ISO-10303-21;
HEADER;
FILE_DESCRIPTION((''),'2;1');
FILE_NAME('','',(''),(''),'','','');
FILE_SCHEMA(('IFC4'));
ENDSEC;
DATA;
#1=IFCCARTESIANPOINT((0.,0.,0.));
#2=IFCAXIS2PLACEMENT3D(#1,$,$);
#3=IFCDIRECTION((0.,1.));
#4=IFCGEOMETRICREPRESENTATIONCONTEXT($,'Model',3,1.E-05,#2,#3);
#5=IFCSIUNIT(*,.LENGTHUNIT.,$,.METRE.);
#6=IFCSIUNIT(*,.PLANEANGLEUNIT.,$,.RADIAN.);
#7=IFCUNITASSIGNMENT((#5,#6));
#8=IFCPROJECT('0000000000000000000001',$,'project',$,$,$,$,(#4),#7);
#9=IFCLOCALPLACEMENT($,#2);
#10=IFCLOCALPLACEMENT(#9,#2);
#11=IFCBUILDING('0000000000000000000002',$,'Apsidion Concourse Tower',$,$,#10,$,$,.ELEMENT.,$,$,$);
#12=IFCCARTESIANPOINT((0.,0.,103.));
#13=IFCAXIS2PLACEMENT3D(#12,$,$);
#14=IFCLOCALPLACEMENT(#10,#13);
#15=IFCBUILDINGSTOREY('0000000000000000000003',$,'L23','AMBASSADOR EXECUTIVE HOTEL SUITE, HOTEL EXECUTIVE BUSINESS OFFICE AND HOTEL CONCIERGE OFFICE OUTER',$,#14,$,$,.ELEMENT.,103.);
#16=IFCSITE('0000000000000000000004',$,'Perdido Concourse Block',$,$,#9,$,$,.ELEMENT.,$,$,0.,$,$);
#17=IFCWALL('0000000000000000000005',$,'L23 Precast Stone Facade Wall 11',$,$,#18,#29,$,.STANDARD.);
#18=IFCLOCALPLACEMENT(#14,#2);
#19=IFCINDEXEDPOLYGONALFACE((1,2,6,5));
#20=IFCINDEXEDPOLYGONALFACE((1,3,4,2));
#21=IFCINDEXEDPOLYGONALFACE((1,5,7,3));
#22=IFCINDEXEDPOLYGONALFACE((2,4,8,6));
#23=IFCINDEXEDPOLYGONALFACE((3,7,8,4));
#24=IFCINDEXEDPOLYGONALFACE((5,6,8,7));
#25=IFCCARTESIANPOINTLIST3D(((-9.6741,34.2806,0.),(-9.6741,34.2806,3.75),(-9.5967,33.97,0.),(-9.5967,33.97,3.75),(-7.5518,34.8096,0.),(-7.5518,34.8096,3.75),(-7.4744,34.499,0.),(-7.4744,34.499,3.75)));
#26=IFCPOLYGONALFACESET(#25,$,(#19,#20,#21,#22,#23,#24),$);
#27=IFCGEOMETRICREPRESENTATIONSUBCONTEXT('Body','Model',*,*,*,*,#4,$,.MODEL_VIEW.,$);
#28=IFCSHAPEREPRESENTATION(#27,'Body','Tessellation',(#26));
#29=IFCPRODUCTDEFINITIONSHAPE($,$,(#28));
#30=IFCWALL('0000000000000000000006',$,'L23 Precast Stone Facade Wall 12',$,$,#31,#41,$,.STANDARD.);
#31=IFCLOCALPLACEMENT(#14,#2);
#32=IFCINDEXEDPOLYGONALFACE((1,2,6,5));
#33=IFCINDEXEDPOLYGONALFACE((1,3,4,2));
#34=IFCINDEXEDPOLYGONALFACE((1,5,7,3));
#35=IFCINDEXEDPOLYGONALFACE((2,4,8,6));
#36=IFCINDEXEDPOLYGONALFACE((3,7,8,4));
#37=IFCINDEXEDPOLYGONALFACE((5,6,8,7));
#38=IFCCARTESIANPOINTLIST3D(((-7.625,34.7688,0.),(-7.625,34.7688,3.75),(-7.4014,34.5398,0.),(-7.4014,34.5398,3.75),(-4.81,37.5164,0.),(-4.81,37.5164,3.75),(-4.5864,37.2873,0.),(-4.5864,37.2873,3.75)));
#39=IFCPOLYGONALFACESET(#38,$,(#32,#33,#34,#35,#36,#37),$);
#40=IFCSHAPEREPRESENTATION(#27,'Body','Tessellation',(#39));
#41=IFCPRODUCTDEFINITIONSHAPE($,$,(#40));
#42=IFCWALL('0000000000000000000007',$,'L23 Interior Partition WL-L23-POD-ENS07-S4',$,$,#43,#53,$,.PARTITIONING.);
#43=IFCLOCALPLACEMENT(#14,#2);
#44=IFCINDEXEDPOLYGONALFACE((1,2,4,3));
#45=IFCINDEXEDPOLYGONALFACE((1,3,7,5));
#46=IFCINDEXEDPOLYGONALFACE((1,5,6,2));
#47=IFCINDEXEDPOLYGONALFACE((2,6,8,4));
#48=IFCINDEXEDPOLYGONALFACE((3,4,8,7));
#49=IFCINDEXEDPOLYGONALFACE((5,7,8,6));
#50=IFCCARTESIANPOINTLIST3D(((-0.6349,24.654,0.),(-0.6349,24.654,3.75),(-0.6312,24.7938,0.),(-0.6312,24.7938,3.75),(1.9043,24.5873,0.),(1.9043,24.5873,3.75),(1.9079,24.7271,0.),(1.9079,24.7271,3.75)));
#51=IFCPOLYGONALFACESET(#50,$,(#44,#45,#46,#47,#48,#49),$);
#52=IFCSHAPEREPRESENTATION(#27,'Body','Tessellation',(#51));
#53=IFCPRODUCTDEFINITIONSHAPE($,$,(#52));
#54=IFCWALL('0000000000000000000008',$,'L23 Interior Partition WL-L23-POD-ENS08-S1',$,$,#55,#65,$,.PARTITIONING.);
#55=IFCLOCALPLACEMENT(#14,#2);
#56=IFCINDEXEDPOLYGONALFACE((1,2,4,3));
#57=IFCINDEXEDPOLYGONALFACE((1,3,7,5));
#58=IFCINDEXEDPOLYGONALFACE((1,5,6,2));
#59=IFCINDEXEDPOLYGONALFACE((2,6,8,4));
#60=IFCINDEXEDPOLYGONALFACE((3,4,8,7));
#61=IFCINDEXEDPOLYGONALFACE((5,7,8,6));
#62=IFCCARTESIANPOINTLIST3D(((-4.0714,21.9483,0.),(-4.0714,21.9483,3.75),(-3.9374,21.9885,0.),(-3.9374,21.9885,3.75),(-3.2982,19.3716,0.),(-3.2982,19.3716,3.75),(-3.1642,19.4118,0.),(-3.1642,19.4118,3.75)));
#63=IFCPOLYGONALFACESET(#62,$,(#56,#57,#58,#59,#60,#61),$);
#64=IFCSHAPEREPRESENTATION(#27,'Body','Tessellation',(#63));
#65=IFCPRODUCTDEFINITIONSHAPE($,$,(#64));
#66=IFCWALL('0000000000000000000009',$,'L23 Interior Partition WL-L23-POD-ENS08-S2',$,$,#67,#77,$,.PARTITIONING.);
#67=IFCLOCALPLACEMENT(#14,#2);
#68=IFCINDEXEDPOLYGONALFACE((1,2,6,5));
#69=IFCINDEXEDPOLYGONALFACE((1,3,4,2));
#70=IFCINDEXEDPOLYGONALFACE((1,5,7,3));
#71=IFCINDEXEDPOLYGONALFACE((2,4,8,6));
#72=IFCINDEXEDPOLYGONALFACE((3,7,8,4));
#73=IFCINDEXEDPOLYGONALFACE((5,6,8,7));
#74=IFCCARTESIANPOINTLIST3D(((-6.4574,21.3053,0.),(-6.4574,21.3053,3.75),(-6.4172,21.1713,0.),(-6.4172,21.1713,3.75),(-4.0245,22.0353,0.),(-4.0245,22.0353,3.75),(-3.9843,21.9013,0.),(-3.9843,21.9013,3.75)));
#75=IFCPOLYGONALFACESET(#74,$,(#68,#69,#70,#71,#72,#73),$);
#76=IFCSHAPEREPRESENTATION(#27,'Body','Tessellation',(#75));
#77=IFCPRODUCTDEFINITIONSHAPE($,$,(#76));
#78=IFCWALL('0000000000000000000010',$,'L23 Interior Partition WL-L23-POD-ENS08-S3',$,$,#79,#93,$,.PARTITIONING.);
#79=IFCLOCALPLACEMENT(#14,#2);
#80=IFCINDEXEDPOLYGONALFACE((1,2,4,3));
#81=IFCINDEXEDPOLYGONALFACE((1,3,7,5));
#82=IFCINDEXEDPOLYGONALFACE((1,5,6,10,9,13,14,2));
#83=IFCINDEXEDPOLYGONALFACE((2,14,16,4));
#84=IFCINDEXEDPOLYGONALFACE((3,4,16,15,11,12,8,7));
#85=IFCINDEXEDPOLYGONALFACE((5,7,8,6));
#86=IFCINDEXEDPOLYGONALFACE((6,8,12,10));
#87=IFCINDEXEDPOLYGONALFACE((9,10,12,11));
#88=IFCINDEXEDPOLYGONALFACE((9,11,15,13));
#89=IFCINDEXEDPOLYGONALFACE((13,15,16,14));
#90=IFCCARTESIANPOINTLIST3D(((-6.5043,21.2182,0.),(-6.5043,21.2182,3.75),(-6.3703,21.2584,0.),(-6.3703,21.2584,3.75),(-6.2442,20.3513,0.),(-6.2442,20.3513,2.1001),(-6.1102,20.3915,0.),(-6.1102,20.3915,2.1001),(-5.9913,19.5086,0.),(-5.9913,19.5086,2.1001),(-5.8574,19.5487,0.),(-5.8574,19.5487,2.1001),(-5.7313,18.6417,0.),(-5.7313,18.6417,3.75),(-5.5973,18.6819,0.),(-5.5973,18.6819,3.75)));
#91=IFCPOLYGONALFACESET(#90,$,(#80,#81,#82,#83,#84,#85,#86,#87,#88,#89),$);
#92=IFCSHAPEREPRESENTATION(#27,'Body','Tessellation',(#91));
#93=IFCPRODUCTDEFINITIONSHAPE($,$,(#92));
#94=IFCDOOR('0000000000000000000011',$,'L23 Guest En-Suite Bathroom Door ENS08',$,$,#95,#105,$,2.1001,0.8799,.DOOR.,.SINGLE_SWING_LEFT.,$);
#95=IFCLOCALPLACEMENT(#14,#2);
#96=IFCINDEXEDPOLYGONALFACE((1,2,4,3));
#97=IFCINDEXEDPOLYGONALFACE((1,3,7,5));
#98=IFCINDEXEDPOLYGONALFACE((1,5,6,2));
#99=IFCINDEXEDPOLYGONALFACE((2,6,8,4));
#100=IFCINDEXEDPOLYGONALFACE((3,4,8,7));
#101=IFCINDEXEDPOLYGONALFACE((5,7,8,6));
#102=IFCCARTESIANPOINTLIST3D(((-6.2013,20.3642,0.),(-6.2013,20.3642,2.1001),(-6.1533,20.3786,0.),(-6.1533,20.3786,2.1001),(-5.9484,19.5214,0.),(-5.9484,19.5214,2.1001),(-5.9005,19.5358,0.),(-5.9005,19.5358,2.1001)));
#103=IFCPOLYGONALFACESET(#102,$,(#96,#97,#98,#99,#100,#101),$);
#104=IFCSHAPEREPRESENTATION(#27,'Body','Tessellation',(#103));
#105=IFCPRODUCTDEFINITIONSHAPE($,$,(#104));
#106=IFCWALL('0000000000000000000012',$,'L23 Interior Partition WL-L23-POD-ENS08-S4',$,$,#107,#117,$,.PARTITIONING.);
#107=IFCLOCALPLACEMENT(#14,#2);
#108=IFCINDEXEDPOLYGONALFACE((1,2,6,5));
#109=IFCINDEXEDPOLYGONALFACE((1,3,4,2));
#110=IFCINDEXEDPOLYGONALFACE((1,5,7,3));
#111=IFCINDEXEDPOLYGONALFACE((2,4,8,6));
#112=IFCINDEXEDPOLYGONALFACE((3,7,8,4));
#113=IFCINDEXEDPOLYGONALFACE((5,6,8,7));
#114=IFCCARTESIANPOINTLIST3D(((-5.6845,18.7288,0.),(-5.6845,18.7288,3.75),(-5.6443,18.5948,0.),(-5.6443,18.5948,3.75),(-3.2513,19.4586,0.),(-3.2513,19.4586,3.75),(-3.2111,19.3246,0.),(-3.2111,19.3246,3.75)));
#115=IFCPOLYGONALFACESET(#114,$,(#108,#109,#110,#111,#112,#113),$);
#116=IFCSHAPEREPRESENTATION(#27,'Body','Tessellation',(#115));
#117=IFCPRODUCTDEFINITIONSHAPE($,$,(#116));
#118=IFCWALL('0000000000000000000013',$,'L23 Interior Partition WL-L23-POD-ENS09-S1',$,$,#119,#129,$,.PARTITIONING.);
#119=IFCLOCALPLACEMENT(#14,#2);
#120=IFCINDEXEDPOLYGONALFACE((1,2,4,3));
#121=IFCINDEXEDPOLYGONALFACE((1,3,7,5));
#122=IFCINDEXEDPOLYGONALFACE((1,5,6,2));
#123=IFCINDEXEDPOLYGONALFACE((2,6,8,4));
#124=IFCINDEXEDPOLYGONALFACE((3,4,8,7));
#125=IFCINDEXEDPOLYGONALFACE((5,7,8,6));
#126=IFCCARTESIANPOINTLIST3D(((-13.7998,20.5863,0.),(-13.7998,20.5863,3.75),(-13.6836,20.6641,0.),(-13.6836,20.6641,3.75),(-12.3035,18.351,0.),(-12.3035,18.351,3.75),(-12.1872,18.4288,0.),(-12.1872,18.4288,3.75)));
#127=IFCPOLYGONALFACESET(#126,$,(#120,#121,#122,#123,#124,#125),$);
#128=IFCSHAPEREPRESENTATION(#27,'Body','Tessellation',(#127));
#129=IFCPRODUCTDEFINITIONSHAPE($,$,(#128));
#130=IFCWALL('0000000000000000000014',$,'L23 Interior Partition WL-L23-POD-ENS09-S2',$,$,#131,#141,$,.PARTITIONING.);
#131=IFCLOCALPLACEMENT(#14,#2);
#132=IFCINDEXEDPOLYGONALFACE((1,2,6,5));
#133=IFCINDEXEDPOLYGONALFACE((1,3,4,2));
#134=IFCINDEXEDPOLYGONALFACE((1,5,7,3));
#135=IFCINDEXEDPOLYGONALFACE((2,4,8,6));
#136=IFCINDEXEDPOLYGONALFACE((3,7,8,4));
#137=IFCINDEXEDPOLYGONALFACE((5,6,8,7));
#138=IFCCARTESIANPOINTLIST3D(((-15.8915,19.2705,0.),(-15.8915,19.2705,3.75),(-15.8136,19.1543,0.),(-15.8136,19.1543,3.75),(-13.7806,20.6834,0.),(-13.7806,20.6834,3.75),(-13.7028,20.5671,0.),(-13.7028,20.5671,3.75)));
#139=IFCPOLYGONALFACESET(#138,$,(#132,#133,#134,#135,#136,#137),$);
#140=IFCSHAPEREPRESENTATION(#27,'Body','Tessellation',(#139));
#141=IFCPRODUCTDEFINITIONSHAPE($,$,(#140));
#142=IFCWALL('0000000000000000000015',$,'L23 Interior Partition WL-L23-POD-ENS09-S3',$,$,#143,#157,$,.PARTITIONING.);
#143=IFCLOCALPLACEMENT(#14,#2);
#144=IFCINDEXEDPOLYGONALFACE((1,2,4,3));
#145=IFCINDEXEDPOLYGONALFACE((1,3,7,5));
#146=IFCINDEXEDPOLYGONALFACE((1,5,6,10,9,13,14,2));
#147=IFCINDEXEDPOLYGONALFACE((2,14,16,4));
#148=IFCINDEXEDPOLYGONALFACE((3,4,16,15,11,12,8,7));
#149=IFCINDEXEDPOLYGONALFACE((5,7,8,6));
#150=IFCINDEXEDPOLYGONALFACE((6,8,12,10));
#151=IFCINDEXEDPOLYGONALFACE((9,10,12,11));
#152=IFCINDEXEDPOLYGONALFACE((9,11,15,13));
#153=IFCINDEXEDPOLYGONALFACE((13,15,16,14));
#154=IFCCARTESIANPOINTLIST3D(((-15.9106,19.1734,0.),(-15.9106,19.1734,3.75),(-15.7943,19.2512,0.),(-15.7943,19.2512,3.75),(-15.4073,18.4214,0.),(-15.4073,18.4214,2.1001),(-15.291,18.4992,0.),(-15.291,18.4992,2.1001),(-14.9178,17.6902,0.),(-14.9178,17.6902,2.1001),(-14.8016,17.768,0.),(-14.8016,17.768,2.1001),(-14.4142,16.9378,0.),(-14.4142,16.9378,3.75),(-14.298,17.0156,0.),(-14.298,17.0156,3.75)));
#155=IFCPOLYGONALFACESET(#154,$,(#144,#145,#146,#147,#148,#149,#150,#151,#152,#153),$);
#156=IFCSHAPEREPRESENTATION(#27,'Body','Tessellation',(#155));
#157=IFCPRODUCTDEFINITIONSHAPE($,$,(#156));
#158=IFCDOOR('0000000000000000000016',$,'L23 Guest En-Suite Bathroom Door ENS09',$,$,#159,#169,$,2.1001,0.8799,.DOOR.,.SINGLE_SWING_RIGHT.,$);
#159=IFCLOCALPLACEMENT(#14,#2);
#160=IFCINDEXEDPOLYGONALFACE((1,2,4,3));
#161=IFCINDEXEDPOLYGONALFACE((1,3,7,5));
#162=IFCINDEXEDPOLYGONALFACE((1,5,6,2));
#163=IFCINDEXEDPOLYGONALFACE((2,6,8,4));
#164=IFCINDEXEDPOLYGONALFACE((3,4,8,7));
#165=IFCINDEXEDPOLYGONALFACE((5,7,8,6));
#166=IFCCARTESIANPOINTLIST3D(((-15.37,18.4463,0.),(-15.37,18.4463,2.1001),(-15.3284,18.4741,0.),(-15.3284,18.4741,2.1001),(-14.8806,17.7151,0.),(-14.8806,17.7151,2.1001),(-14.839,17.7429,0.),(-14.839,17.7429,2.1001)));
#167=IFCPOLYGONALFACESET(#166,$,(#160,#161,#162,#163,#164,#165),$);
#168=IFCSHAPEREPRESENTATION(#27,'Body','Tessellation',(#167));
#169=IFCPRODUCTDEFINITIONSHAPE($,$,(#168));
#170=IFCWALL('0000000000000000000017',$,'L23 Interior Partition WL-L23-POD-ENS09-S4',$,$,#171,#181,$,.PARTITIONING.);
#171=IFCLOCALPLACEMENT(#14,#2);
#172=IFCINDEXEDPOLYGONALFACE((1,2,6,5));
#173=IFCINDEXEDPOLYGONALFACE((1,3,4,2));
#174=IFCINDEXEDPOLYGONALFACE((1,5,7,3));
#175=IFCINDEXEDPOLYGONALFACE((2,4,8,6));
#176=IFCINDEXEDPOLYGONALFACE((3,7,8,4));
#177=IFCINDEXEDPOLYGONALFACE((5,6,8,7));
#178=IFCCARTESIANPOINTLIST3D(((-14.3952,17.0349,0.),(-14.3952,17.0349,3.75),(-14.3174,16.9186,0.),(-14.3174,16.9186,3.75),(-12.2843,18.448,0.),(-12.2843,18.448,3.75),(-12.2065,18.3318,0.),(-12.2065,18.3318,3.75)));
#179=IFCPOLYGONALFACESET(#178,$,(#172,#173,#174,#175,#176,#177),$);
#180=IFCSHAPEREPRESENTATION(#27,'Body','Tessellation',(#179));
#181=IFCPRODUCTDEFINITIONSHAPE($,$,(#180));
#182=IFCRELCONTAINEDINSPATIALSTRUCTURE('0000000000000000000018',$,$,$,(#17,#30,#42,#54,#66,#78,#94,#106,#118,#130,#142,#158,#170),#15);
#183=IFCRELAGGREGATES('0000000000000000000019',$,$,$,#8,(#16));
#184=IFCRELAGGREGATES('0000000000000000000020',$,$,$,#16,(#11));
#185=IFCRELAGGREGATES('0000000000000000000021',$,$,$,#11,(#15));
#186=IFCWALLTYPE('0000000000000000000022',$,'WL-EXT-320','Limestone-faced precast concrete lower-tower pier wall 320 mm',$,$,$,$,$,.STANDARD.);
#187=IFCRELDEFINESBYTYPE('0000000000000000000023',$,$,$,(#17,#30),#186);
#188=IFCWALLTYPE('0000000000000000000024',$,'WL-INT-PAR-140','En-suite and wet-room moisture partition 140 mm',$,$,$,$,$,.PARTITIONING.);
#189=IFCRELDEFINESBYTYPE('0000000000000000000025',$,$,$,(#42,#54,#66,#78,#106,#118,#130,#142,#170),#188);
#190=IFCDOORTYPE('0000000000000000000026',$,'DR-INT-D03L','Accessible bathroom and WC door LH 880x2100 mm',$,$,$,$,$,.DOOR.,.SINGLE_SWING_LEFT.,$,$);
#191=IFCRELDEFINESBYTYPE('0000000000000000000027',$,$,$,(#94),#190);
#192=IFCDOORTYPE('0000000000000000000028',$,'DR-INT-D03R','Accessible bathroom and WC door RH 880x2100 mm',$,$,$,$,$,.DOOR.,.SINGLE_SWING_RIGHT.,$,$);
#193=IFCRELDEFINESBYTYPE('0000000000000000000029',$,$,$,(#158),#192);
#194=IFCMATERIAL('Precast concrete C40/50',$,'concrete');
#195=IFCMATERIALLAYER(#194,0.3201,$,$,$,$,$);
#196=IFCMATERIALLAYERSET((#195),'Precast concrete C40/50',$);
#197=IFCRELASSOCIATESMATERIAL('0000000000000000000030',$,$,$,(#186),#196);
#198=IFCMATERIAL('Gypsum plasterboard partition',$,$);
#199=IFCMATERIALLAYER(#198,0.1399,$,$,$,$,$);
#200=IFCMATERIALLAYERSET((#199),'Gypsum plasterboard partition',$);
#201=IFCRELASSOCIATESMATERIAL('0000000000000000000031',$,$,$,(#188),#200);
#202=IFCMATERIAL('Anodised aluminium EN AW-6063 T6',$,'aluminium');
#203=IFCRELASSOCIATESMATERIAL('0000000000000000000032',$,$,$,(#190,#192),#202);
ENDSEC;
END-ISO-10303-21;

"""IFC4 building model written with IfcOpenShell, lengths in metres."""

from ifc_helpers import new_model, si_unit, direction, frame, frame_2d, origin, place, context, subcontext, project, spatial, rectangle, extrude, material, layer, layer_set, type_object, element, fill, save


model = new_model("IFC4")

# Units and contexts
model_context = context("Model", 3, precision=1e-05, world=origin(), true_north=direction((0.0, 1.0)))
body_context = subcontext(model_context, "Body", "Model", "MODEL_VIEW")
ifc_project = project(units=[si_unit("LENGTHUNIT", "METRE"), si_unit("PLANEANGLEUNIT", "RADIAN")], contexts=[model_context])

# Site, building, storey
site_placement = place(None, origin())
site = spatial("IfcSite", under=ifc_project, at=site_placement, Name="Perdido Concourse Block", CompositionType="ELEMENT", RefElevation=0.0)
building_placement = place(site_placement, origin())
building = spatial("IfcBuilding", under=site, at=building_placement, Name="Apsidion Concourse Tower", CompositionType="ELEMENT")
storey_placement = place(building_placement, frame((0.0, 0.0, 103.0)))
storey = spatial("IfcBuildingStorey", under=building, at=storey_placement, Name="L23", Description="AMBASSADOR EXECUTIVE HOTEL SUITE, HOTEL EXECUTIVE BUSINESS OFFICE AND HOTEL CONCIERGE OFFICE OUTER", CompositionType="ELEMENT", Elevation=103.0)

# Shared definitions
ifc_material_1 = material(Name="Precast concrete C40/50", Category="concrete")
ifc_layer_1 = layer(ifc_material_1, 0.3201)
ifc_layer_set_1 = layer_set([ifc_layer_1], Name="Precast concrete C40/50")
wall_type_1 = type_object("IfcWallType", Name="WL-EXT-320", Description="Limestone-faced precast concrete lower-tower pier wall 320 mm", PredefinedType="STANDARD", material=ifc_layer_set_1)
ifc_material_2 = material(Name="Anodised aluminium EN AW-6063 T6", Category="aluminium")

# Walls
wall_1_placement = place(storey_placement, frame((-9.6355, 34.1252, 0.0), z_axis=(0.0, 0.0, 1.0), x_axis=(0.970306, 0.241879, 0.0)))
element("IfcWall", 1, at=wall_1_placement, inside=storey, type_object=wall_type_1, Name="L23 Precast Stone Facade Wall 11", PredefinedType="STANDARD", context=body_context, shape_type="SweptSolid", body=[
    extrude(rectangle(XDim=2.1873, YDim=0.3201, at=frame_2d((1.0938, 0.0))), origin(), (0.0, 0.0, 1.0), 3.75),
])
wall_2_placement = place(storey_placement, frame((-7.5132, 34.6543, 0.0), z_axis=(0.0, 0.0, 1.0), x_axis=(0.71562, 0.69849, 0.0)))
element("IfcWall", 2, at=wall_2_placement, inside=storey, type_object=wall_type_1, Name="L23 Precast Stone Facade Wall 12", PredefinedType="STANDARD", context=body_context, shape_type="SweptSolid", body=[
    extrude(rectangle(XDim=3.9336, YDim=0.3201, at=frame_2d((1.9668, 0.0))), origin(), (0.0, 0.0, 1.0), 3.75),
])
ifc_material_3 = material(Name="Gypsum plasterboard partition")
ifc_layer_2 = layer(ifc_material_3, 0.1399)
ifc_layer_set_2 = layer_set([ifc_layer_2], Name="Gypsum plasterboard partition")
wall_type_2 = type_object("IfcWallType", Name="WL-INT-PAR-140", Description="En-suite and wet-room moisture partition 140 mm", PredefinedType="PARTITIONING", material=ifc_layer_set_2)
wall_3_placement = place(storey_placement, frame((-0.6331, 24.7239, 0.0), z_axis=(0.0, 0.0, 1.0), x_axis=(0.999656, -0.026241, 0.0)))
element("IfcWall", 3, at=wall_3_placement, inside=storey, type_object=wall_type_2, Name="L23 Interior Partition WL-L23-POD-ENS07-S4", PredefinedType="PARTITIONING", context=body_context, shape_type="SweptSolid", body=[
    extrude(rectangle(XDim=2.54, YDim=0.1399, at=frame_2d((1.27, 0.0))), origin(), (0.0, 0.0, 1.0), 3.75),
])
wall_4_placement = place(storey_placement, frame((-3.2312, 19.3916, 0.0), z_axis=(0.0, 0.0, 1.0), x_axis=(-0.287414, 0.957806, 0.0)))
element("IfcWall", 4, at=wall_4_placement, inside=storey, type_object=wall_type_2, Name="L23 Interior Partition WL-L23-POD-ENS08-S1", PredefinedType="PARTITIONING", context=body_context, shape_type="SweptSolid", body=[
    extrude(rectangle(XDim=2.6902, YDim=0.1399, at=frame_2d((1.3452, 0.0))), origin(), (0.0, 0.0, 1.0), 3.75),
])
wall_5_placement = place(storey_placement, frame((-4.0044, 21.9683, 0.0), z_axis=(0.0, 0.0, 1.0), x_axis=(-0.957813, -0.287392, 0.0)))
element("IfcWall", 5, at=wall_5_placement, inside=storey, type_object=wall_type_2, Name="L23 Interior Partition WL-L23-POD-ENS08-S2", PredefinedType="PARTITIONING", context=body_context, shape_type="SweptSolid", body=[
    extrude(rectangle(XDim=2.54, YDim=0.1399, at=frame_2d((1.27, 0.0))), origin(), (0.0, 0.0, 1.0), 3.75),
])

# Wall, opening, door
wall_6_placement = place(storey_placement, frame((-6.4373, 21.2383, 0.0), z_axis=(0.0, 0.0, 1.0), x_axis=(0.287356, -0.957824, 0.0)))
wall_6 = element("IfcWall", 6, at=wall_6_placement, inside=storey, type_object=wall_type_2, Name="L23 Interior Partition WL-L23-POD-ENS08-S3", PredefinedType="PARTITIONING", context=body_context, shape_type="SweptSolid", body=[
    extrude(rectangle(XDim=2.6899, YDim=0.1399, at=frame_2d((1.345, 0.0))), origin(), (0.0, 0.0, 1.0), 3.75),
])
opening_1_placement = place(wall_6_placement, frame((0.905, 0.0, 0.0)))
opening_1 = element("IfcOpeningElement", 7, at=opening_1_placement, cuts=wall_6, PredefinedType="OPENING", context=body_context, shape_type="SweptSolid", body=[
    extrude(rectangle(XDim=0.8799, YDim=2.1001, at=frame_2d((0.4399, 1.05))), frame((0.0, 0.0801, 0.0), z_axis=(0.0, -1.0, 0.0), x_axis=(1.0, 0.0, 0.0)), (0.0, 0.0, 1.0), 0.1599),
])
door_type_1 = type_object("IfcDoorType", Name="DR-INT-D03L", Description="Accessible bathroom and WC door LH 880x2100 mm", OperationType="SINGLE_SWING_LEFT", PredefinedType="DOOR", material=ifc_material_2)
door_1_placement = place(opening_1_placement, origin())
door_1 = element("IfcDoor", 8, at=door_1_placement, inside=storey, type_object=door_type_1, Name="L23 Guest En-Suite Bathroom Door ENS08", OperationType="SINGLE_SWING_LEFT", OverallHeight=2.1001, OverallWidth=0.8799, PredefinedType="DOOR", context=body_context, shape_type="SweptSolid", body=[
    extrude(rectangle(XDim=0.8799, YDim=2.1001, at=frame_2d((0.4399, 1.05))), frame((0.0, 0.0249, 0.0), z_axis=(0.0, -1.0, 0.0), x_axis=(1.0, 0.0, 0.0)), (0.0, 0.0, 1.0), 0.05),
])
fill(opening_1, door_1)

# Walls
wall_7_placement = place(storey_placement, frame((-5.6643, 18.6619, 0.0), z_axis=(0.0, 0.0, 1.0), x_axis=(0.957847, 0.287277, 0.0)))
element("IfcWall", 9, at=wall_7_placement, inside=storey, type_object=wall_type_2, Name="L23 Interior Partition WL-L23-POD-ENS08-S4", PredefinedType="PARTITIONING", context=body_context, shape_type="SweptSolid", body=[
    extrude(rectangle(XDim=2.5403, YDim=0.1399, at=frame_2d((1.27, 0.0))), origin(), (0.0, 0.0, 1.0), 3.75),
])
wall_8_placement = place(storey_placement, frame((-12.2454, 18.3899, 0.0), z_axis=(0.0, 0.0, 1.0), x_axis=(-0.55627, 0.831002, 0.0)))
element("IfcWall", 10, at=wall_8_placement, inside=storey, type_object=wall_type_2, Name="L23 Interior Partition WL-L23-POD-ENS09-S1", PredefinedType="PARTITIONING", context=body_context, shape_type="SweptSolid", body=[
    extrude(rectangle(XDim=2.6899, YDim=0.1399, at=frame_2d((1.345, 0.0))), origin(), (0.0, 0.0, 1.0), 3.75),
])
wall_9_placement = place(storey_placement, frame((-13.7417, 20.6252, 0.0), z_axis=(0.0, 0.0, 1.0), x_axis=(-0.831029, -0.55623, 0.0)))
element("IfcWall", 11, at=wall_9_placement, inside=storey, type_object=wall_type_2, Name="L23 Interior Partition WL-L23-POD-ENS09-S2", PredefinedType="PARTITIONING", context=body_context, shape_type="SweptSolid", body=[
    extrude(rectangle(XDim=2.54, YDim=0.1399, at=frame_2d((1.27, 0.0))), origin(), (0.0, 0.0, 1.0), 3.75),
])

# Wall, opening, door
wall_10_placement = place(storey_placement, frame((-15.8525, 19.2124, 0.0), z_axis=(0.0, 0.0, 1.0), x_axis=(0.556228, -0.83103, 0.0)))
wall_10 = element("IfcWall", 12, at=wall_10_placement, inside=storey, type_object=wall_type_2, Name="L23 Interior Partition WL-L23-POD-ENS09-S3", PredefinedType="PARTITIONING", context=body_context, shape_type="SweptSolid", body=[
    extrude(rectangle(XDim=2.6902, YDim=0.1399, at=frame_2d((1.3452, 0.0))), origin(), (0.0, 0.0, 1.0), 3.75),
])
opening_2_placement = place(wall_10_placement, frame((0.905, 0.0, 0.0)))
opening_2 = element("IfcOpeningElement", 13, at=opening_2_placement, cuts=wall_10, PredefinedType="OPENING", context=body_context, shape_type="SweptSolid", body=[
    extrude(rectangle(XDim=0.8799, YDim=2.1001, at=frame_2d((0.4399, 1.05))), frame((0.0, 0.0801, 0.0), z_axis=(0.0, -1.0, 0.0), x_axis=(1.0, 0.0, 0.0)), (0.0, 0.0, 1.0), 0.1599),
])
door_type_2 = type_object("IfcDoorType", Name="DR-INT-D03R", Description="Accessible bathroom and WC door RH 880x2100 mm", OperationType="SINGLE_SWING_RIGHT", PredefinedType="DOOR", material=ifc_material_2)
door_2_placement = place(opening_2_placement, origin())
door_2 = element("IfcDoor", 14, at=door_2_placement, inside=storey, type_object=door_type_2, Name="L23 Guest En-Suite Bathroom Door ENS09", OperationType="SINGLE_SWING_RIGHT", OverallHeight=2.1001, OverallWidth=0.8799, PredefinedType="DOOR", context=body_context, shape_type="SweptSolid", body=[
    extrude(rectangle(XDim=0.8799, YDim=2.1001, at=frame_2d((0.4399, 1.05))), frame((0.0, 0.0249, 0.0), z_axis=(0.0, -1.0, 0.0), x_axis=(1.0, 0.0, 0.0)), (0.0, 0.0, 1.0), 0.05),
])
fill(opening_2, door_2)

# Wall
wall_11_placement = place(storey_placement, frame((-14.3562, 16.9768, 0.0), z_axis=(0.0, 0.0, 1.0), x_axis=(0.830984, 0.556296, 0.0)))
element("IfcWall", 15, at=wall_11_placement, inside=storey, type_object=wall_type_2, Name="L23 Interior Partition WL-L23-POD-ENS09-S4", PredefinedType="PARTITIONING", context=body_context, shape_type="SweptSolid", body=[
    extrude(rectangle(XDim=2.5403, YDim=0.1399, at=frame_2d((1.27, 0.0))), origin(), (0.0, 0.0, 1.0), 3.75),
])

save(model, "model.ifc")
